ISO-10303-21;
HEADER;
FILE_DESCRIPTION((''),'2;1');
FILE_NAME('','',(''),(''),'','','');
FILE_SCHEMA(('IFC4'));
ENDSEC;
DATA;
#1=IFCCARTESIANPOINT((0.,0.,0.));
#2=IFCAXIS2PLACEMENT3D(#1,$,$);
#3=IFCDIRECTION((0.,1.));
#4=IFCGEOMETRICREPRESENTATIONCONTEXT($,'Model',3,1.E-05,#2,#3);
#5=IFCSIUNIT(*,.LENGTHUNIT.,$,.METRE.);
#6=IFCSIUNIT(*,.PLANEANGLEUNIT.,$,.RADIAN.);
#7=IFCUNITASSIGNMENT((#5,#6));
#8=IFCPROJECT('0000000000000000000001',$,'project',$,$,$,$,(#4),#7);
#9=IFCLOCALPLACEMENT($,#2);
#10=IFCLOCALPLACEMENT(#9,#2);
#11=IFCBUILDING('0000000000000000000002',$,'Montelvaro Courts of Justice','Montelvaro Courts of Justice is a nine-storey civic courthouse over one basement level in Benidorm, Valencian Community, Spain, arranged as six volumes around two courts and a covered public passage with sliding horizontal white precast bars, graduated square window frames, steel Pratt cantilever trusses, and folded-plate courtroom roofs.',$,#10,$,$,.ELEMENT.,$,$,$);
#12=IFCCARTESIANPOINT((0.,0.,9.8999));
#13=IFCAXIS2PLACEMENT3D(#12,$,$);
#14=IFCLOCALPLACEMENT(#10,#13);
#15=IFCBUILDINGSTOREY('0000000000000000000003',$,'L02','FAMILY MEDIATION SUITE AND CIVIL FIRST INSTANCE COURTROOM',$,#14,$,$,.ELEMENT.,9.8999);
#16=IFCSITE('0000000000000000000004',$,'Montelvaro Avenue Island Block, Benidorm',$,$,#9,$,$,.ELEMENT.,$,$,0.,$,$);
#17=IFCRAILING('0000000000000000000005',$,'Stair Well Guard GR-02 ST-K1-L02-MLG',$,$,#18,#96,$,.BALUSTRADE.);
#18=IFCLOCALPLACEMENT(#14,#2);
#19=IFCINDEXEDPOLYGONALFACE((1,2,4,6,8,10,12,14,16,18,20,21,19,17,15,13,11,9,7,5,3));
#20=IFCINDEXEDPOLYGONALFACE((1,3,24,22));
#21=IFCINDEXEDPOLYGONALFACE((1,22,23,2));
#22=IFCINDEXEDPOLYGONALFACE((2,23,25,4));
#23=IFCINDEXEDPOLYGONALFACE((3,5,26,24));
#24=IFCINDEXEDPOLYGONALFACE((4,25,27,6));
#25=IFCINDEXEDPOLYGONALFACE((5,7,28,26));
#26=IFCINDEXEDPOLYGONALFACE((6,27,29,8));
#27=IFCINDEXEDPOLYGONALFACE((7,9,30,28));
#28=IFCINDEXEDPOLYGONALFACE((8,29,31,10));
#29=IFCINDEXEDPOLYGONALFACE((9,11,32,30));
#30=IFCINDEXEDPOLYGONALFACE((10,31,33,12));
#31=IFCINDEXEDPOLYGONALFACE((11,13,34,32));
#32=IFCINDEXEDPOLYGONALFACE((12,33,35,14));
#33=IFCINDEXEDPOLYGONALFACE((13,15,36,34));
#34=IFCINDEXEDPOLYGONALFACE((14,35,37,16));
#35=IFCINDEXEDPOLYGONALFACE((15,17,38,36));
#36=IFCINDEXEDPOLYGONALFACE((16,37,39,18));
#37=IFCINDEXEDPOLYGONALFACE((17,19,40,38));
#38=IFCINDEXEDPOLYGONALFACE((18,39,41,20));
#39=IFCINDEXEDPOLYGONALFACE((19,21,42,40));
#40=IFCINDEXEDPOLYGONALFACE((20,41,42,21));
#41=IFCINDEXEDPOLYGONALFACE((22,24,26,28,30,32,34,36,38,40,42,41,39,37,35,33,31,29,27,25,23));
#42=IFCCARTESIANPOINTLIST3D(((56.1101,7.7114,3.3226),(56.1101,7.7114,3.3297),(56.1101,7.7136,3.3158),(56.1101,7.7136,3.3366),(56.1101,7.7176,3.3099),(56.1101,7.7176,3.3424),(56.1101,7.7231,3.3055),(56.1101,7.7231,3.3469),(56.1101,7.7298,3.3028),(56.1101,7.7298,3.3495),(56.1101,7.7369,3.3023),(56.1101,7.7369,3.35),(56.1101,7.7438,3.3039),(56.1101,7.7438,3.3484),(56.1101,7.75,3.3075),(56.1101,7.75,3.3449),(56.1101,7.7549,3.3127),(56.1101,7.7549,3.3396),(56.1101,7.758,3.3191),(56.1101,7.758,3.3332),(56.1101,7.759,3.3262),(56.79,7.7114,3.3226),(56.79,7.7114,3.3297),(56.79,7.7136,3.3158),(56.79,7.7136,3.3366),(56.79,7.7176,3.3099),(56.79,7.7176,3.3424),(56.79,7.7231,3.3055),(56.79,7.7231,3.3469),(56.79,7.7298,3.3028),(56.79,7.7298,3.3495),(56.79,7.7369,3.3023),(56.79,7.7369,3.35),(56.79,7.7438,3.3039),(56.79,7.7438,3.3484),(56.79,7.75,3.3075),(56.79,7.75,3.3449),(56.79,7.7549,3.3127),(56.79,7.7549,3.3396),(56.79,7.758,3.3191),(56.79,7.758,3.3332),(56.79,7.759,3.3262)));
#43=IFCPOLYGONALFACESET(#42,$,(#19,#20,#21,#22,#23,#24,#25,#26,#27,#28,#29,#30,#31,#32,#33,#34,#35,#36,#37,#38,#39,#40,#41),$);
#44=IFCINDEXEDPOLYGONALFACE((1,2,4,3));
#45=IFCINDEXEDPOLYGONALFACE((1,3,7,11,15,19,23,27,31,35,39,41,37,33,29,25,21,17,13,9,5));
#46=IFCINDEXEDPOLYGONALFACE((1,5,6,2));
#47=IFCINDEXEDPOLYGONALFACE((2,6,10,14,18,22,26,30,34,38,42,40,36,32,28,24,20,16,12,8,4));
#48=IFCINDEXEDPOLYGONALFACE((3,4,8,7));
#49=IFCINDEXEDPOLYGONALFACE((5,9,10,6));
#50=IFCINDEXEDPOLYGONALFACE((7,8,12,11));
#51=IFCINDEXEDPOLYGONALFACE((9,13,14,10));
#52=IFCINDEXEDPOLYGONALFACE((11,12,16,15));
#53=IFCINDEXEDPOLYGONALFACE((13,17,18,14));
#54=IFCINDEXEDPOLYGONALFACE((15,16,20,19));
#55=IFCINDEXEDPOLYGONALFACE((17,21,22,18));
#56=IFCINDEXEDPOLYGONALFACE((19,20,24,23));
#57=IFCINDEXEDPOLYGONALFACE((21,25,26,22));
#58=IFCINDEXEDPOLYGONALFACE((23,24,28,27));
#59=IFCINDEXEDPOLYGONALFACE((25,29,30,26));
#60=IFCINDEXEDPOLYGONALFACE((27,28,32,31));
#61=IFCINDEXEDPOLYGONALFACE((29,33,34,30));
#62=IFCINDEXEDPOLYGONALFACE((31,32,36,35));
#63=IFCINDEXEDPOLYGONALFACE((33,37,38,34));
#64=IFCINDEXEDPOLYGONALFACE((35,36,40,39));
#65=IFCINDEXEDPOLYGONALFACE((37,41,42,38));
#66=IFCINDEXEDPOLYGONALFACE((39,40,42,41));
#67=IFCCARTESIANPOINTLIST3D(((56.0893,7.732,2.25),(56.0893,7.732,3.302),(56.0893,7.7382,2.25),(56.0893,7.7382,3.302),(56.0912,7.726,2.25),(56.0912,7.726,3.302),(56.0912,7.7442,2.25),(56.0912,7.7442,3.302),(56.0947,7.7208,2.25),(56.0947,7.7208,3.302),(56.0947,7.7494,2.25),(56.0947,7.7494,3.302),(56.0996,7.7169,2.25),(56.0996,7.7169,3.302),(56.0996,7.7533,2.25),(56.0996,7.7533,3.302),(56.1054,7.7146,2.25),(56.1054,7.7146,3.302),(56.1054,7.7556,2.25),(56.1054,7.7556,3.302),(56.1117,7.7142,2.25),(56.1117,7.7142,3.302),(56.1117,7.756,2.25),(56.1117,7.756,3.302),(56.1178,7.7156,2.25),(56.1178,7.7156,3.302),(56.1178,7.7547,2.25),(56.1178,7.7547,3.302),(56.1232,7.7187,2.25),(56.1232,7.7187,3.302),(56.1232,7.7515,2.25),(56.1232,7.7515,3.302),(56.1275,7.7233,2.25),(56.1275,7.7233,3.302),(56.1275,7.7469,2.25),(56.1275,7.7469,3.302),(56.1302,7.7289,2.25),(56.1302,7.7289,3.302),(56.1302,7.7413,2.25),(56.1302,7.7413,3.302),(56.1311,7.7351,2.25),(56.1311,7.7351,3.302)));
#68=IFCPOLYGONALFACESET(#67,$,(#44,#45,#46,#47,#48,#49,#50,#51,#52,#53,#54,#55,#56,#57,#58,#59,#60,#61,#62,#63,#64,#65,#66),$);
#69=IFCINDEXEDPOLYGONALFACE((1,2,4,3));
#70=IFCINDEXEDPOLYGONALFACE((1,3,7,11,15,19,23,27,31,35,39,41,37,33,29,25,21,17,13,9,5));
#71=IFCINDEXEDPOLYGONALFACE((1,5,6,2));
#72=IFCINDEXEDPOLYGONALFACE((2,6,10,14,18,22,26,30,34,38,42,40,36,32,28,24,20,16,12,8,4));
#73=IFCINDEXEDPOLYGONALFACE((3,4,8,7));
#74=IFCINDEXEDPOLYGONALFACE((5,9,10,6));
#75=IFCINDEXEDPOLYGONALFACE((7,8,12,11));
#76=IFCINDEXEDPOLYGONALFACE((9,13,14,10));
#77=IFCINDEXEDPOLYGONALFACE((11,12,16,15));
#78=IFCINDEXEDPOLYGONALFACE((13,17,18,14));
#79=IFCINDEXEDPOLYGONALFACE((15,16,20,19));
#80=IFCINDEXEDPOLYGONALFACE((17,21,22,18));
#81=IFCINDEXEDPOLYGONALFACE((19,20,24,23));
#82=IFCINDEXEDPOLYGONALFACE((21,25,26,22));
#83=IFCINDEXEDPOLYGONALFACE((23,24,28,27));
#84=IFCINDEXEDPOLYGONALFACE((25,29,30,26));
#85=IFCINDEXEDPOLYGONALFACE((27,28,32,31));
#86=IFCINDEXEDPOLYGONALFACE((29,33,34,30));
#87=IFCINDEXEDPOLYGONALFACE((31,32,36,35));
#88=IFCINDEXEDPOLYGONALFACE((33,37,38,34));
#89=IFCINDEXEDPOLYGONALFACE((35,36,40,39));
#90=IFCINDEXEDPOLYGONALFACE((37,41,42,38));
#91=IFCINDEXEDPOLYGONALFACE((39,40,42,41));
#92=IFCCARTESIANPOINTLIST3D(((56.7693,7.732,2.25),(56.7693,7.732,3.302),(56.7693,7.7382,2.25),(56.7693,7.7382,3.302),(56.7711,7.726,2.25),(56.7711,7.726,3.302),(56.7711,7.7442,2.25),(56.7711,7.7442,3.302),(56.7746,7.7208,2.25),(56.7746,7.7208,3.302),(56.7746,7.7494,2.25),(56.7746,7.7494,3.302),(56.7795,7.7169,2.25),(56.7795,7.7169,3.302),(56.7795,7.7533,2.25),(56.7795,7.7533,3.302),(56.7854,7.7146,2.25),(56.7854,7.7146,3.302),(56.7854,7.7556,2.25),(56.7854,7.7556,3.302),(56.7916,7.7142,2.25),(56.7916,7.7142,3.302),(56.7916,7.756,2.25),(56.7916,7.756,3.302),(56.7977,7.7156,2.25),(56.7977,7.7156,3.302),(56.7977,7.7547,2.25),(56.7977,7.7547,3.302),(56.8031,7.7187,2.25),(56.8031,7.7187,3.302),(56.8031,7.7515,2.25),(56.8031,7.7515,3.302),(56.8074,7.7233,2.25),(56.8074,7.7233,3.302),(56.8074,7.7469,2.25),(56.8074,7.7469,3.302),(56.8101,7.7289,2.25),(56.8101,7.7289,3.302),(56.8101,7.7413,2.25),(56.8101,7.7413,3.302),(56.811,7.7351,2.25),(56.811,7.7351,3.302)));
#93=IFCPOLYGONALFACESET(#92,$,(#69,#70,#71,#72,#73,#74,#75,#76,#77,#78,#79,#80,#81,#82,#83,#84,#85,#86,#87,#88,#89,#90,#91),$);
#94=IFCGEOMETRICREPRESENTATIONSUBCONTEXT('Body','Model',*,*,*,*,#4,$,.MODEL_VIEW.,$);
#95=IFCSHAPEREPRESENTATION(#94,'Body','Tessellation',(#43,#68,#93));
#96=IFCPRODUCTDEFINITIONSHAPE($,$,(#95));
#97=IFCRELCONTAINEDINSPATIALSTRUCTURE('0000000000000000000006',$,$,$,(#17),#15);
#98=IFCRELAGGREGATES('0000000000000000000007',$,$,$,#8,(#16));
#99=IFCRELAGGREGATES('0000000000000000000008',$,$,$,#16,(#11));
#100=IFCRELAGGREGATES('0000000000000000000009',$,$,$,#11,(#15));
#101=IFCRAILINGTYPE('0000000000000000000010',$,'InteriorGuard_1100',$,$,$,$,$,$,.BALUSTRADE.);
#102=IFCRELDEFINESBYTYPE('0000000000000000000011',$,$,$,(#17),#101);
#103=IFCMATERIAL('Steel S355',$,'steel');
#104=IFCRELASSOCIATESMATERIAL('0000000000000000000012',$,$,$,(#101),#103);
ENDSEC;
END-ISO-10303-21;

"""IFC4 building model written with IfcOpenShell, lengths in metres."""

from ifc_helpers import new_model, si_unit, direction, frame, origin, origin_2d, place, context, subcontext, project, spatial, circle, extrude, material, type_object, element, save


model = new_model("IFC4")

# Units and contexts
model_context = context("Model", 3, precision=1e-05, world=origin(), true_north=direction((0.0, 1.0)))
body_context = subcontext(model_context, "Body", "Model", "MODEL_VIEW")
ifc_project = project(units=[si_unit("LENGTHUNIT", "METRE"), si_unit("PLANEANGLEUNIT", "RADIAN")], contexts=[model_context])

# Site, building, storey
site_placement = place(None, origin())
site = spatial("IfcSite", under=ifc_project, at=site_placement, Name="Montelvaro Avenue Island Block, Benidorm", CompositionType="ELEMENT", RefElevation=0.0)
building_placement = place(site_placement, origin())
building = spatial("IfcBuilding", under=site, at=building_placement, Name="Montelvaro Courts of Justice", Description="Montelvaro Courts of Justice is a nine-storey civic courthouse over one basement level in Benidorm, Valencian Community, Spain, arranged as six volumes around two courts and a covered public passage with sliding horizontal white precast bars, graduated square window frames, steel Pratt cantilever trusses, and folded-plate courtroom roofs.", CompositionType="ELEMENT")
storey_placement = place(building_placement, frame((0.0, 0.0, 9.8999)))
storey = spatial("IfcBuildingStorey", under=building, at=storey_placement, Name="L02", Description="FAMILY MEDIATION SUITE AND CIVIL FIRST INSTANCE COURTROOM", CompositionType="ELEMENT", Elevation=9.8999)

# Shared definitions
ifc_material_1 = material(Name="Steel S355", Category="steel")

# Railing
railing_type_1 = type_object("IfcRailingType", Name="InteriorGuard_1100", PredefinedType="BALUSTRADE", material=ifc_material_1)
railing_1_placement = place(storey_placement, frame((56.1101, 7.7351, 2.25)))
element("IfcRailing", 1, at=railing_1_placement, inside=storey, type_object=railing_type_1, Name="Stair Well Guard GR-02 ST-K1-L02-MLG", PredefinedType="BALUSTRADE", context=body_context, shape_type="SweptSolid", body=[
    extrude(circle(Radius=0.0239, at=origin_2d()), frame((0.0, 0.0, 1.0762), z_axis=(1.0, 0.0, 0.0), x_axis=(0.0, 1.0, 0.0)), (0.0, 0.0, 1.0), 0.6799),
    extrude(circle(Radius=0.021, at=origin_2d()), origin(), (0.0, 0.0, 1.0), 1.052),
    extrude(circle(Radius=0.021, at=origin_2d()), frame((0.6799, 0.0, 0.0)), (0.0, 0.0, 1.0), 1.052),
])

save(model, "model.ifc")
